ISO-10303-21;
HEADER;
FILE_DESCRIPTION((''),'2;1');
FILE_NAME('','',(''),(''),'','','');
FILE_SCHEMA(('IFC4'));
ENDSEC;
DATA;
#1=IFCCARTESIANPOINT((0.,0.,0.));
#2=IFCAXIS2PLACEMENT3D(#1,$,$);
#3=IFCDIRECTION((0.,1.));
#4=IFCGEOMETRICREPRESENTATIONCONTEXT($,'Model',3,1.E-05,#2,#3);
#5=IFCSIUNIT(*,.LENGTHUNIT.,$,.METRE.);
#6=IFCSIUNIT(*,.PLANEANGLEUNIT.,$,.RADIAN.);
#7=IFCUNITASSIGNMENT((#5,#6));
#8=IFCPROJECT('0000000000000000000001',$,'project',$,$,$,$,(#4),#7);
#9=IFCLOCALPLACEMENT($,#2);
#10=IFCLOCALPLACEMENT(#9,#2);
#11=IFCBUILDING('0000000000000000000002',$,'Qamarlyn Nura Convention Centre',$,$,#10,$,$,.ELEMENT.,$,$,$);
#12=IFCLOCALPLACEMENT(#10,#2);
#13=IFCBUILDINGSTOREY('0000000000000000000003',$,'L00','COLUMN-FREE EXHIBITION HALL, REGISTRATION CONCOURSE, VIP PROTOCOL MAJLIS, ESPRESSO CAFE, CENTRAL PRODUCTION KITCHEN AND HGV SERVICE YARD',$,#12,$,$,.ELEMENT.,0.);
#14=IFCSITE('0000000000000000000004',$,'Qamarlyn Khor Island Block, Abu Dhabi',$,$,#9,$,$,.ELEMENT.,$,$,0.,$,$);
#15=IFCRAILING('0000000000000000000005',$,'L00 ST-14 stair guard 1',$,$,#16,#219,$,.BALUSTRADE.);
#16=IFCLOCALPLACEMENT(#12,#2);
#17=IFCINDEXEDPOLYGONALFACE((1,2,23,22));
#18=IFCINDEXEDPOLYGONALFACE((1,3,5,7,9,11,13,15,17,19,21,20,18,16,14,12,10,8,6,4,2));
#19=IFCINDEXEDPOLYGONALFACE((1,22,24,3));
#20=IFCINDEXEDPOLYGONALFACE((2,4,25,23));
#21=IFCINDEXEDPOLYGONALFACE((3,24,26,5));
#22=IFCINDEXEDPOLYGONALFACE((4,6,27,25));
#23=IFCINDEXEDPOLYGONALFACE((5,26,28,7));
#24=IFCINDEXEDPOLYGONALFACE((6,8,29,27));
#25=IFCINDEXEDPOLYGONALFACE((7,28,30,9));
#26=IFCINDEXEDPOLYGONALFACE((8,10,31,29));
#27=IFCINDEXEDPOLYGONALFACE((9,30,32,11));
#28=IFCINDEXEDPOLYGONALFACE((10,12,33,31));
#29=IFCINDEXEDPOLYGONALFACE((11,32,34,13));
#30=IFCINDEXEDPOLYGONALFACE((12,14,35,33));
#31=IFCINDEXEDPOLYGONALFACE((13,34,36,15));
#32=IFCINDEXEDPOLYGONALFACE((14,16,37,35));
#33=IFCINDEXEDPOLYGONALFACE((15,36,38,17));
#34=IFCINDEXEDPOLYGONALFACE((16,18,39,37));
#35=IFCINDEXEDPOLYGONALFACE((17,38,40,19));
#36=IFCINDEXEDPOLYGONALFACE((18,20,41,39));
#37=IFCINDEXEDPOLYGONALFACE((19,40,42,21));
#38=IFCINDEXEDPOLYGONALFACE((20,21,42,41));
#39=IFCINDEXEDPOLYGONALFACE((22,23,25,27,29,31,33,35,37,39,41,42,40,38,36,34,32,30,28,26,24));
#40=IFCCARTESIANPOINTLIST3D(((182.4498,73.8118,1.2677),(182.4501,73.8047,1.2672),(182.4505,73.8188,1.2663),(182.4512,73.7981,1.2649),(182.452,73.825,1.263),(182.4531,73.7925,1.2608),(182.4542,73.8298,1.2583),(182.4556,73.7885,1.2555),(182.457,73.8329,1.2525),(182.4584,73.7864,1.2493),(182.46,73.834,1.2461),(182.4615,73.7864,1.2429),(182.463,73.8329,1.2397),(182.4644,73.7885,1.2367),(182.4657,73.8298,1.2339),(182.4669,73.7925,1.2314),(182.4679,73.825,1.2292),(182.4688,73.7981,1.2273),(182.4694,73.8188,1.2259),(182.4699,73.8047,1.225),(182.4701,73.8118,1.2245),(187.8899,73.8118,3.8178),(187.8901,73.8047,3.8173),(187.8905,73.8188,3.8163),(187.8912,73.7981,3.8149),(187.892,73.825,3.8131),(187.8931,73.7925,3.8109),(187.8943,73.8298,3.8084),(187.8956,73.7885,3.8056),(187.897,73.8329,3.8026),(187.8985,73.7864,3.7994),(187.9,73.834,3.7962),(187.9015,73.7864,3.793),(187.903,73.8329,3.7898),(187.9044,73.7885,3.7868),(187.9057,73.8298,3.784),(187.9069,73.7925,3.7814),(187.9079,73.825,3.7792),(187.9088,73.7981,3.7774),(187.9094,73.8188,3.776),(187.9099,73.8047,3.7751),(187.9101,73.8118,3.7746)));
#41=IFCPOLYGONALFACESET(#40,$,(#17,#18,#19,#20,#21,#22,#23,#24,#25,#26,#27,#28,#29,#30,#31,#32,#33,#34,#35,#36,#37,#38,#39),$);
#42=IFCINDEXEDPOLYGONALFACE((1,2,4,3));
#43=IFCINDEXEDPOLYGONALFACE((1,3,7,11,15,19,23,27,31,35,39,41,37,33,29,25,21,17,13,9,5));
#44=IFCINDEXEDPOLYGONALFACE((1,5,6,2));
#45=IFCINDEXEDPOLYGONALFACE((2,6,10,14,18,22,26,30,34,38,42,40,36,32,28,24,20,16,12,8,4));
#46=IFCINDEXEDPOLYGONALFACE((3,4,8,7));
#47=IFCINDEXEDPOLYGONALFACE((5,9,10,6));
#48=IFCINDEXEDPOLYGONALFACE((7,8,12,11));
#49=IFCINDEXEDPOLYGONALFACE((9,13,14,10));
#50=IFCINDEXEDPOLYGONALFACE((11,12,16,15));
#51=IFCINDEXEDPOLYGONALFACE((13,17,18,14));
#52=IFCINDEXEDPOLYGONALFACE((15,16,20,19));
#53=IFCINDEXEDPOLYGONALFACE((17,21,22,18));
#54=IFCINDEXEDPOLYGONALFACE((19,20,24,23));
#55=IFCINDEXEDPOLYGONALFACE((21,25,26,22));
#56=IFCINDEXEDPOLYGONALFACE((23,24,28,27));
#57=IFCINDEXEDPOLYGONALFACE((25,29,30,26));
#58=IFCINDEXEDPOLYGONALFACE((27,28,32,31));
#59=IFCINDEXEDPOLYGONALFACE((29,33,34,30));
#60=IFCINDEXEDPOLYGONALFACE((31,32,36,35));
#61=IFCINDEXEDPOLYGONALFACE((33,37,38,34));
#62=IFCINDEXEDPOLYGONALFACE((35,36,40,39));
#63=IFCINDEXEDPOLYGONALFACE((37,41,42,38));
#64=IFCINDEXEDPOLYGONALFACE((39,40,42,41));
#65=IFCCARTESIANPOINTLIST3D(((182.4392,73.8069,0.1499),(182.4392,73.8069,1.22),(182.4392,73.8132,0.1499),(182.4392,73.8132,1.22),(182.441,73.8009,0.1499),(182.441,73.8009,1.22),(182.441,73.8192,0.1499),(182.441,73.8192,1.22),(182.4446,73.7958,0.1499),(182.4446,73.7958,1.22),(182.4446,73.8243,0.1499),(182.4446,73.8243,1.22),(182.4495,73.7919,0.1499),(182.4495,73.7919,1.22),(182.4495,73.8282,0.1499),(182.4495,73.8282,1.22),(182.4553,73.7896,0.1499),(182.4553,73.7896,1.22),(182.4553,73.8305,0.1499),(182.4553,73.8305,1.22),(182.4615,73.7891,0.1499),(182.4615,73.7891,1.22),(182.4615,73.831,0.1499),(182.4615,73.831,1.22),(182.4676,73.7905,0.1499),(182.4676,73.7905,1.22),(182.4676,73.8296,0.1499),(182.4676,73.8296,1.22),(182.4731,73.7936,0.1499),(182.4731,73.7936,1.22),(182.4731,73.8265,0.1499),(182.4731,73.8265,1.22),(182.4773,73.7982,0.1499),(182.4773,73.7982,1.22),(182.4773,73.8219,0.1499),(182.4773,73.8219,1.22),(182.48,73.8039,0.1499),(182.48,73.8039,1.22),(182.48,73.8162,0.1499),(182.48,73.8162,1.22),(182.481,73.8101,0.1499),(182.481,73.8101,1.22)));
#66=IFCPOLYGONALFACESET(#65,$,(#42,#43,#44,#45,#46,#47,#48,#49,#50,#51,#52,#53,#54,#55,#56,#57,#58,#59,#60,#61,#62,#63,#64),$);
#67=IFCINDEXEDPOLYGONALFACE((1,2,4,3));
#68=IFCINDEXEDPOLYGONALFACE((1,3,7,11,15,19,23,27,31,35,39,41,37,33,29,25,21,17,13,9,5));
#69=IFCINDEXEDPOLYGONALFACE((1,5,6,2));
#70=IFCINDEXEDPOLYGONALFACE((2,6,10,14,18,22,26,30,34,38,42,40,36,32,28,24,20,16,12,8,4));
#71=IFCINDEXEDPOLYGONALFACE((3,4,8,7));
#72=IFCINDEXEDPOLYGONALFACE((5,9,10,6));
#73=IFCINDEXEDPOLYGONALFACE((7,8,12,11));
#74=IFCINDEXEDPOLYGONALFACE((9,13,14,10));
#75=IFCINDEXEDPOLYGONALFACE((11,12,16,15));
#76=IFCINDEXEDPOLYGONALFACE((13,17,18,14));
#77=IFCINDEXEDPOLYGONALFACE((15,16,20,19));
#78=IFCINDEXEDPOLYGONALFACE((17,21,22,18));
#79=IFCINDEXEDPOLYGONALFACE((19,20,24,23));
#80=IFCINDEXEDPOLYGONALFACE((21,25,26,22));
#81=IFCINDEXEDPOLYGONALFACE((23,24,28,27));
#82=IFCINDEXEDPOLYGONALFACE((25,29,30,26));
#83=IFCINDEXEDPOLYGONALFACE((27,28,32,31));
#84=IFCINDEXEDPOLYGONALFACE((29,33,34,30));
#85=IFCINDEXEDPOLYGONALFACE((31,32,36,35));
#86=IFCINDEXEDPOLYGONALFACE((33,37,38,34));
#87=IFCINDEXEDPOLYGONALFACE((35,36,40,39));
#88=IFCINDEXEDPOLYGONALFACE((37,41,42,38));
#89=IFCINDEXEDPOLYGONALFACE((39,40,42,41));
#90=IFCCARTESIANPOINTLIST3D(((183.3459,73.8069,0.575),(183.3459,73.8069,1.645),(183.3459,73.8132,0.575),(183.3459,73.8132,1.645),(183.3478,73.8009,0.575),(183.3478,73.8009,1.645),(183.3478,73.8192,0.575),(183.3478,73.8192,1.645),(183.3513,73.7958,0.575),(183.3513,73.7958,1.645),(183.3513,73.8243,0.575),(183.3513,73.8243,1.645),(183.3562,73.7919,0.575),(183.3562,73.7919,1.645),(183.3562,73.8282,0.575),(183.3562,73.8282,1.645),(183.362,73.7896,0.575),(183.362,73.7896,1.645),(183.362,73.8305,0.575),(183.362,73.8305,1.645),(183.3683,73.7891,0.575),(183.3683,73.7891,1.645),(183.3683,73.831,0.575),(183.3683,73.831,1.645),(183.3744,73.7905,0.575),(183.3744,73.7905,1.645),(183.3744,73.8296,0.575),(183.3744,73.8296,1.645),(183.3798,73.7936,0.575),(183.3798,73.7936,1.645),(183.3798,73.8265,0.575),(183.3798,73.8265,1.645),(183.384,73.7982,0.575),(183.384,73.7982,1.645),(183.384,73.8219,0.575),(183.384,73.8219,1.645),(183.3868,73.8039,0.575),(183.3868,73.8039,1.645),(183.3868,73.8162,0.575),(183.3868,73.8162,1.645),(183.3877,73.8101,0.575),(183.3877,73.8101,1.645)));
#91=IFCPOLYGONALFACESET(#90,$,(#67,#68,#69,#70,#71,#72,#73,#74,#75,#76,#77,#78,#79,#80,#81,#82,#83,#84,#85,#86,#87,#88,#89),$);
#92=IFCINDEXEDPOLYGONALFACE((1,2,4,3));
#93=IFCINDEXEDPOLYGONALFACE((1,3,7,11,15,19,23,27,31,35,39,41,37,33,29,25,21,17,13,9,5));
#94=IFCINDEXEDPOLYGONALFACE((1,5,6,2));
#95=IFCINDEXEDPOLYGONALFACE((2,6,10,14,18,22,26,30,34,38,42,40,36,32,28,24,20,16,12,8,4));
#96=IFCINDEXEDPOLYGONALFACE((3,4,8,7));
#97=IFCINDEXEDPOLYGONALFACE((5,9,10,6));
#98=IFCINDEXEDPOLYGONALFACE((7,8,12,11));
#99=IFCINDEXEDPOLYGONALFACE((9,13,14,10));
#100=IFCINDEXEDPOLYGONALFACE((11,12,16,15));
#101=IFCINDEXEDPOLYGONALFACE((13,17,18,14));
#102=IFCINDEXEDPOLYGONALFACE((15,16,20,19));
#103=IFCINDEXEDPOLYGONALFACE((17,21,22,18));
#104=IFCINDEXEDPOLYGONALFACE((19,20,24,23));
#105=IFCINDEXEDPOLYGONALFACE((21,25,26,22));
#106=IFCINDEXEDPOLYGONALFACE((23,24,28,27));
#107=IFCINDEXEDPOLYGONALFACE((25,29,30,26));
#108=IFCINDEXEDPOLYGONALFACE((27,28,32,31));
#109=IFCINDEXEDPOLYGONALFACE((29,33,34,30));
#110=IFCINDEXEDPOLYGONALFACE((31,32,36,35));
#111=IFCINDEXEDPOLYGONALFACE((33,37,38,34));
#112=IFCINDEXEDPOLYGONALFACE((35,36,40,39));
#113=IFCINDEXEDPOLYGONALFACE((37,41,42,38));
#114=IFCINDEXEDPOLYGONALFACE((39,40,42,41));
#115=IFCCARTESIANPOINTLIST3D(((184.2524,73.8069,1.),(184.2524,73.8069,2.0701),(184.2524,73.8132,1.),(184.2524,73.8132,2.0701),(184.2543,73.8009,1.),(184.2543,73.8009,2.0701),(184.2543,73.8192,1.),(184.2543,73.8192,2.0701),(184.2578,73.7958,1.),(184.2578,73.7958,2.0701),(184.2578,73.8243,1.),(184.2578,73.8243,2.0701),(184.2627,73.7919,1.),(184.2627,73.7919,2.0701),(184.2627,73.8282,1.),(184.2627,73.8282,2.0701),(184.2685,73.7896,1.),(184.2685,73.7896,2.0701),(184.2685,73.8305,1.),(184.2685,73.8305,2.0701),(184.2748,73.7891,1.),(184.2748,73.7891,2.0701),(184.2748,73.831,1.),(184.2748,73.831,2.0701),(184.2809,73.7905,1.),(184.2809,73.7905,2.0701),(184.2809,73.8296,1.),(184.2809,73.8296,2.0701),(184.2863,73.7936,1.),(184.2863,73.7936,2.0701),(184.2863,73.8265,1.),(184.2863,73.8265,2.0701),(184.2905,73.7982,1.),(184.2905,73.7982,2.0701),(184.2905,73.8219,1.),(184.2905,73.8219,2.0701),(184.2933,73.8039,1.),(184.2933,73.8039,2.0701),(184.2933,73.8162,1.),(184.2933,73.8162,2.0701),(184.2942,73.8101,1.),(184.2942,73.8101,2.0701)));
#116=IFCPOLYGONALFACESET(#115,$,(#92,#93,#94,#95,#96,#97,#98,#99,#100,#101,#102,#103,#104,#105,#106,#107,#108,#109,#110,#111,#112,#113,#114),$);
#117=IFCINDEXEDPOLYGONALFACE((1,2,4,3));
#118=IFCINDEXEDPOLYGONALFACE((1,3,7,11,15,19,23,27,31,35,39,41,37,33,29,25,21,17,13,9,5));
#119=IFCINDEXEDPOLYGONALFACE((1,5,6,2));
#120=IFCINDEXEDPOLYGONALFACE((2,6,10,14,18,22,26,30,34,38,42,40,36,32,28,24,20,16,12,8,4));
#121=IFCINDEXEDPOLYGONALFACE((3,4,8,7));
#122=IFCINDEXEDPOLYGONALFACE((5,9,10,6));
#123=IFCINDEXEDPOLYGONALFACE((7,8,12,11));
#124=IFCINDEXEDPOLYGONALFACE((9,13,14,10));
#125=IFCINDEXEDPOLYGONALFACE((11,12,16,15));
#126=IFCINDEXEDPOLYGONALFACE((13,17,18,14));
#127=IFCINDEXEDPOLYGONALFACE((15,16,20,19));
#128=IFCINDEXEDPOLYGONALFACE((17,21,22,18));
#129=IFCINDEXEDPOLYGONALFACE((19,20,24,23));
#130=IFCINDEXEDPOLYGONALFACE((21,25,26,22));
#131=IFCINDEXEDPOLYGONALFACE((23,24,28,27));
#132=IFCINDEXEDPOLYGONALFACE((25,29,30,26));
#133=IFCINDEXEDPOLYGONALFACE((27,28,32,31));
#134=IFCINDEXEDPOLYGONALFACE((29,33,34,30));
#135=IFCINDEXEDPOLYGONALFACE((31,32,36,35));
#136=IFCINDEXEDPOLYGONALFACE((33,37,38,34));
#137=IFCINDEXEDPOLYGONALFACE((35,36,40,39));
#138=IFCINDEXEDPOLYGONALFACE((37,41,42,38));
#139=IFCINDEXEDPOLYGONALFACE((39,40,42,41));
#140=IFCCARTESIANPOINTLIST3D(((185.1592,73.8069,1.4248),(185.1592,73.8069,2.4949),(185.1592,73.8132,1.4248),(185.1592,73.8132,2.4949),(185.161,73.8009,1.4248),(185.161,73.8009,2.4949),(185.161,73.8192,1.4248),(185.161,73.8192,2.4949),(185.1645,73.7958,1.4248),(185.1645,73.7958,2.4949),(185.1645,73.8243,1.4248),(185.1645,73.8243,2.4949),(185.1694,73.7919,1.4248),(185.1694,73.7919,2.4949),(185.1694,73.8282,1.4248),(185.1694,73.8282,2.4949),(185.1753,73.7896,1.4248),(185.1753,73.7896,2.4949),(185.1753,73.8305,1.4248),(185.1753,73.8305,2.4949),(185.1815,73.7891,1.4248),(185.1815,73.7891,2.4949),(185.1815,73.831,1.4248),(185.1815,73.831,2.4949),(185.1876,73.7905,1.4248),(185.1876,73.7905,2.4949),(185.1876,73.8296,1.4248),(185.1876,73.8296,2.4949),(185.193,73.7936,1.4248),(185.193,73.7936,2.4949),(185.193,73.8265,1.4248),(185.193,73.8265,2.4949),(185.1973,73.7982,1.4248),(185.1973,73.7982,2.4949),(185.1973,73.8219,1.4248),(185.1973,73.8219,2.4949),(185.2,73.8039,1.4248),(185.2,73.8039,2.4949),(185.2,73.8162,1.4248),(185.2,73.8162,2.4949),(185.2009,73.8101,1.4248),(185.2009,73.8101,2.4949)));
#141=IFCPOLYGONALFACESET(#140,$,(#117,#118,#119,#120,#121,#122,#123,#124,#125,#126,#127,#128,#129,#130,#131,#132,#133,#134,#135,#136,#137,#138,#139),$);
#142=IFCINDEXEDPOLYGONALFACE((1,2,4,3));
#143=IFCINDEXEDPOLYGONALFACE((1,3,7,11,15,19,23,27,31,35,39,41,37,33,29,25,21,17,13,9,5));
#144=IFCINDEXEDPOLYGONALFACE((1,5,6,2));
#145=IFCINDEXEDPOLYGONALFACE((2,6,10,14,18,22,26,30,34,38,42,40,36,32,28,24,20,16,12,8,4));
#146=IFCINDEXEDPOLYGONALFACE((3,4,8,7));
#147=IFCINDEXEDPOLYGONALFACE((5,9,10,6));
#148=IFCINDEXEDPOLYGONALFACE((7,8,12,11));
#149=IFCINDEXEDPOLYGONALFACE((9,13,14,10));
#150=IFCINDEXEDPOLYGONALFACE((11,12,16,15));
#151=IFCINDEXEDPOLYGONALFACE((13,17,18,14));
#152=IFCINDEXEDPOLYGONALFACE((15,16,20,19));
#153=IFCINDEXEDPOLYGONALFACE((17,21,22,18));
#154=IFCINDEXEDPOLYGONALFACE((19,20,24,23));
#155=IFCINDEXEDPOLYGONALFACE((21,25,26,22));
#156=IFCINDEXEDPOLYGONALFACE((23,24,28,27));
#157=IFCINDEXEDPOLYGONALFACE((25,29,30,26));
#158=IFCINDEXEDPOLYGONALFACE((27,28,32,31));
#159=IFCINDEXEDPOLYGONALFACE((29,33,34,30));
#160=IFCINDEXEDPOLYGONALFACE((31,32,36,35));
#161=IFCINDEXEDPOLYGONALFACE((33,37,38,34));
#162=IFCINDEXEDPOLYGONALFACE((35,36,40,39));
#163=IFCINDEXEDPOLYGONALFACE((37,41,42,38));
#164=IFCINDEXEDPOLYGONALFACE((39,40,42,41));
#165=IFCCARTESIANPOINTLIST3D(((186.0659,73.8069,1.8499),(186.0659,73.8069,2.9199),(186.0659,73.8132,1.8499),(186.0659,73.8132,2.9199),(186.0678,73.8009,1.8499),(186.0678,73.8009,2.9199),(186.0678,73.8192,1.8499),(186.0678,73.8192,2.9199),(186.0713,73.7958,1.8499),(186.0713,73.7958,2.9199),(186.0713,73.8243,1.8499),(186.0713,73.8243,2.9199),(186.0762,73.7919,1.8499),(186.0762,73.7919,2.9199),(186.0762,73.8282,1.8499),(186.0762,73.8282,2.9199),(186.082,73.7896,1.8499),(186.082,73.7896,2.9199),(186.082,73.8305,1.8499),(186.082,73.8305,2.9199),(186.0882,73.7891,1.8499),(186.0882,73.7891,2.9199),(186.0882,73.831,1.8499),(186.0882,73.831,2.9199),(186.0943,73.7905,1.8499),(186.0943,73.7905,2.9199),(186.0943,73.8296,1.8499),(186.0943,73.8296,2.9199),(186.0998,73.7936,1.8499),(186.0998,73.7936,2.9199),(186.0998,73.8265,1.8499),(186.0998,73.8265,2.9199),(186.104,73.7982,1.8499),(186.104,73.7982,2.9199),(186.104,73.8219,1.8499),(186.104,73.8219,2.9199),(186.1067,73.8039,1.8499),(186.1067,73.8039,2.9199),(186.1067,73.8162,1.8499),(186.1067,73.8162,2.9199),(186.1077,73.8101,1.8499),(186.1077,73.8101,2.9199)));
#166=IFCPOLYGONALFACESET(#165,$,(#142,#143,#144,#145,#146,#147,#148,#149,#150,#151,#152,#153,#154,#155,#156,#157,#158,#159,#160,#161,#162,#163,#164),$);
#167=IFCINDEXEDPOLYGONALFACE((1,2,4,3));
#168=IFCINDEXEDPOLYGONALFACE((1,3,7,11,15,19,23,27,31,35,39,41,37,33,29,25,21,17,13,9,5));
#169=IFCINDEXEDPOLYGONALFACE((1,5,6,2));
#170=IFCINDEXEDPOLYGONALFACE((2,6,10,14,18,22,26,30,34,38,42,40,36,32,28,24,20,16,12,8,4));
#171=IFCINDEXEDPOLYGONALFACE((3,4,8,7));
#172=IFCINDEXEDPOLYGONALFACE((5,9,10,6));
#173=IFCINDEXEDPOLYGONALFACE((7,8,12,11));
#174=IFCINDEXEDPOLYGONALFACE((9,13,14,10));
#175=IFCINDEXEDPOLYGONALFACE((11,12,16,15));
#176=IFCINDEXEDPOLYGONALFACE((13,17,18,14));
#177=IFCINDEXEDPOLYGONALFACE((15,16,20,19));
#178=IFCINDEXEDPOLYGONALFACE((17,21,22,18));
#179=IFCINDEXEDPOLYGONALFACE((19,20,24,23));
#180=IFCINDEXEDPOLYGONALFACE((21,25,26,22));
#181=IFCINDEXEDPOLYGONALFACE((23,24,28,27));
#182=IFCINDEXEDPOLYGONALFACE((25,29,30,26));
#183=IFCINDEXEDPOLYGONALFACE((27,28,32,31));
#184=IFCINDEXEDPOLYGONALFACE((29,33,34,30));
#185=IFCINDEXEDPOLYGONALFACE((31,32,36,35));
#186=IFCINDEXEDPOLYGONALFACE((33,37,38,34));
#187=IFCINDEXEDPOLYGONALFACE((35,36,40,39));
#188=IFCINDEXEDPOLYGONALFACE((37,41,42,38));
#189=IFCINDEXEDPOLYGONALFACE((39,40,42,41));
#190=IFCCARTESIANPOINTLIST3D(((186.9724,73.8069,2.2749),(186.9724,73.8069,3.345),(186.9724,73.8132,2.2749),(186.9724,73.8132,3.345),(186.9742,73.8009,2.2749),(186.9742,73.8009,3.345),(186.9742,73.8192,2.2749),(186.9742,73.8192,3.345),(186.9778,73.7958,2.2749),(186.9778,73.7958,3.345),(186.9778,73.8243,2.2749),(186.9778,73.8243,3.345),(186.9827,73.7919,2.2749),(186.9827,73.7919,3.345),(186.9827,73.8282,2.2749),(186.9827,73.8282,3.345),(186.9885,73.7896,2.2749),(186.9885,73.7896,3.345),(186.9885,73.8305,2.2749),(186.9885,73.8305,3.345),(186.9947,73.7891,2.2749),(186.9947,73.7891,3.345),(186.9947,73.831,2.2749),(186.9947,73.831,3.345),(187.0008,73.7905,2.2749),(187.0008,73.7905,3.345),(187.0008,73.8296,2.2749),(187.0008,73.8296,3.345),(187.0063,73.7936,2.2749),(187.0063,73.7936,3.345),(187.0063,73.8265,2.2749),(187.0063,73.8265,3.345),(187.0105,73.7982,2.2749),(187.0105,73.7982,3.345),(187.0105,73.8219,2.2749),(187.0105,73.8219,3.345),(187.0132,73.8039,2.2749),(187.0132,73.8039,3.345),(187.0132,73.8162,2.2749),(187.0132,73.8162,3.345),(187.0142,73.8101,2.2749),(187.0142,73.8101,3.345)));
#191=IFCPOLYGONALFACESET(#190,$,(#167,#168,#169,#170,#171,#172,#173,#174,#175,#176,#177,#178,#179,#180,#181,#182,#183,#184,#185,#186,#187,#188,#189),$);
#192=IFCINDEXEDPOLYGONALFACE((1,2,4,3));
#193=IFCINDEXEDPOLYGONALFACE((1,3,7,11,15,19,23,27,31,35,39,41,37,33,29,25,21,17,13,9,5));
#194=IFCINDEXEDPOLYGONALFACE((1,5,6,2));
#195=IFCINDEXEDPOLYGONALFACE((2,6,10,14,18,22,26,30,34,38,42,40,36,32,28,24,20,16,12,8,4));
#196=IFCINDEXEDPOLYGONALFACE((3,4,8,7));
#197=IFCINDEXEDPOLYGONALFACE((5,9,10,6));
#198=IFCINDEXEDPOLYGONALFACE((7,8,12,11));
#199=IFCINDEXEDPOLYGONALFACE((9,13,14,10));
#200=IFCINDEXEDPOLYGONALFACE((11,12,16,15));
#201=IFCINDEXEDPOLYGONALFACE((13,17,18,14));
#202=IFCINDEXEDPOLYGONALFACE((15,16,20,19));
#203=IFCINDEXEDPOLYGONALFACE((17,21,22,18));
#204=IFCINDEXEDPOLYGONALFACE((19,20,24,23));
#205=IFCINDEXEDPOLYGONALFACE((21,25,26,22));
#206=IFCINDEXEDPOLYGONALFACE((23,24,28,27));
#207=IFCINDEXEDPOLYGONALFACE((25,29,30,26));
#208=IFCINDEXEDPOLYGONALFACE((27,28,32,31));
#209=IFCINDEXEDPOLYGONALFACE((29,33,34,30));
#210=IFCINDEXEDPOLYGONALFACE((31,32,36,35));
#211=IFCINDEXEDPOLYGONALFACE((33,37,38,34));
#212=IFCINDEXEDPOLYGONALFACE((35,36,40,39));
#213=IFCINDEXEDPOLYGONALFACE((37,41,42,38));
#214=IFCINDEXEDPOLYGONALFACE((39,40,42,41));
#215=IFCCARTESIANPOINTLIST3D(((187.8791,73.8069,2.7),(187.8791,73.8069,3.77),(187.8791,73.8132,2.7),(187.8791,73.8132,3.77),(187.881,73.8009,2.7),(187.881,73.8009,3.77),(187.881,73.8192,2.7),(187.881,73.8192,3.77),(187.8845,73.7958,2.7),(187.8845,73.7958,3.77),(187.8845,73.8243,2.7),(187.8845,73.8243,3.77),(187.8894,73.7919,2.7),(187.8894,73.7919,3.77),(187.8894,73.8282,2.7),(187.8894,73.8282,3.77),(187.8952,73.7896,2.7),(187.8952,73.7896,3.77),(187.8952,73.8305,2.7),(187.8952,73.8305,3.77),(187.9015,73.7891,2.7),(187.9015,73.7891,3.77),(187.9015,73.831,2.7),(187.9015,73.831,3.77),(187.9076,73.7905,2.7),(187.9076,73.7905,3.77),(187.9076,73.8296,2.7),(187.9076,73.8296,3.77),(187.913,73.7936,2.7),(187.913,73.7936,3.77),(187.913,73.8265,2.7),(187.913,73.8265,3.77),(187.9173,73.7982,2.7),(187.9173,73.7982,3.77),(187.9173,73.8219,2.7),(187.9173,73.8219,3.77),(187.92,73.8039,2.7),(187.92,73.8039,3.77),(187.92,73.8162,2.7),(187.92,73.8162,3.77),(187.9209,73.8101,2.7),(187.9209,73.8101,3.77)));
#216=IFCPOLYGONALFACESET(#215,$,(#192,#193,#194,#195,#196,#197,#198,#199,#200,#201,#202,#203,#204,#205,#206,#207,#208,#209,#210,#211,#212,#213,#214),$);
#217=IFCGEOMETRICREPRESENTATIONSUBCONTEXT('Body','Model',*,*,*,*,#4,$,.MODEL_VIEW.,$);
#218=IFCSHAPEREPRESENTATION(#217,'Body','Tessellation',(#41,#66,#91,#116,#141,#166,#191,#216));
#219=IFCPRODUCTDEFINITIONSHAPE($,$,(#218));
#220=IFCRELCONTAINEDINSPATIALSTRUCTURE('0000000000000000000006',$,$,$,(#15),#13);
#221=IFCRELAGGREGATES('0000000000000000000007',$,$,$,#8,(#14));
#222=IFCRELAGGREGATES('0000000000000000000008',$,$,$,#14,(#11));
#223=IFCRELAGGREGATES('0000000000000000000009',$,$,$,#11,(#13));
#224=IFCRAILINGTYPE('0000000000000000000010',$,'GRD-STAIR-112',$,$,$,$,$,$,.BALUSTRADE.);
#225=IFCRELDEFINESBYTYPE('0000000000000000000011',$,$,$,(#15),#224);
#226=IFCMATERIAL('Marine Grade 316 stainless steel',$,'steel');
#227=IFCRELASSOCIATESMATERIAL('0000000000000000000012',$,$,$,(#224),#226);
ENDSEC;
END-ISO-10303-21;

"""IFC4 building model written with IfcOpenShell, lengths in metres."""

from ifc_helpers import new_model, si_unit, direction, frame, origin, origin_2d, place, context, subcontext, project, spatial, circle, extrude, material, type_object, element, save


model = new_model("IFC4")

# Units and contexts
model_context = context("Model", 3, precision=1e-05, world=origin(), true_north=direction((0.0, 1.0)))
body_context = subcontext(model_context, "Body", "Model", "MODEL_VIEW")
ifc_project = project(units=[si_unit("LENGTHUNIT", "METRE"), si_unit("PLANEANGLEUNIT", "RADIAN")], contexts=[model_context])

# Site, building, storey
site_placement = place(None, origin())
site = spatial("IfcSite", under=ifc_project, at=site_placement, Name="Qamarlyn Khor Island Block, Abu Dhabi", CompositionType="ELEMENT", RefElevation=0.0)
building_placement = place(site_placement, origin())
building = spatial("IfcBuilding", under=site, at=building_placement, Name="Qamarlyn Nura Convention Centre", CompositionType="ELEMENT")
storey_placement = place(building_placement, origin())
storey = spatial("IfcBuildingStorey", under=building, at=storey_placement, Name="L00", Description="COLUMN-FREE EXHIBITION HALL, REGISTRATION CONCOURSE, VIP PROTOCOL MAJLIS, ESPRESSO CAFE, CENTRAL PRODUCTION KITCHEN AND HGV SERVICE YARD", CompositionType="ELEMENT", Elevation=0.0)

# Railing
ifc_material_1 = material(Name="Marine Grade 316 stainless steel", Category="steel")
railing_type_1 = type_object("IfcRailingType", Name="GRD-STAIR-112", PredefinedType="BALUSTRADE", material=ifc_material_1)
railing_1_placement = place(storey_placement, frame((182.46, 73.8101, 0.1499)))
element("IfcRailing", 1, at=railing_1_placement, inside=storey, type_object=railing_type_1, Name="L00 ST-14 stair guard 1", PredefinedType="BALUSTRADE", context=body_context, shape_type="SweptSolid", body=[
    extrude(circle(Radius=0.0239, at=origin_2d()), frame((0.0, 0.0, 1.0962), z_axis=(0.905454, 0.0, 0.424444), x_axis=(0.0, 1.0, 0.0)), (0.0, 0.0, 1.0), 6.0081),
    extrude(circle(Radius=0.021, at=origin_2d()), origin(), (0.0, 0.0, 1.0), 1.0701),
    extrude(circle(Radius=0.021, at=origin_2d()), frame((0.9067, 0.0, 0.425)), (0.0, 0.0, 1.0), 1.0701),
    extrude(circle(Radius=0.021, at=origin_2d()), frame((1.8132, 0.0, 0.8501)), (0.0, 0.0, 1.0), 1.0701),
    extrude(circle(Radius=0.021, at=origin_2d()), frame((2.72, 0.0, 1.2749)), (0.0, 0.0, 1.0), 1.0701),
    extrude(circle(Radius=0.021, at=origin_2d()), frame((3.6267, 0.0, 1.7)), (0.0, 0.0, 1.0), 1.0701),
    extrude(circle(Radius=0.021, at=origin_2d()), frame((4.5332, 0.0, 2.125)), (0.0, 0.0, 1.0), 1.0701),
    extrude(circle(Radius=0.021, at=origin_2d()), frame((5.4399, 0.0, 2.55)), (0.0, 0.0, 1.0), 1.0701),
])

save(model, "model.ifc")
